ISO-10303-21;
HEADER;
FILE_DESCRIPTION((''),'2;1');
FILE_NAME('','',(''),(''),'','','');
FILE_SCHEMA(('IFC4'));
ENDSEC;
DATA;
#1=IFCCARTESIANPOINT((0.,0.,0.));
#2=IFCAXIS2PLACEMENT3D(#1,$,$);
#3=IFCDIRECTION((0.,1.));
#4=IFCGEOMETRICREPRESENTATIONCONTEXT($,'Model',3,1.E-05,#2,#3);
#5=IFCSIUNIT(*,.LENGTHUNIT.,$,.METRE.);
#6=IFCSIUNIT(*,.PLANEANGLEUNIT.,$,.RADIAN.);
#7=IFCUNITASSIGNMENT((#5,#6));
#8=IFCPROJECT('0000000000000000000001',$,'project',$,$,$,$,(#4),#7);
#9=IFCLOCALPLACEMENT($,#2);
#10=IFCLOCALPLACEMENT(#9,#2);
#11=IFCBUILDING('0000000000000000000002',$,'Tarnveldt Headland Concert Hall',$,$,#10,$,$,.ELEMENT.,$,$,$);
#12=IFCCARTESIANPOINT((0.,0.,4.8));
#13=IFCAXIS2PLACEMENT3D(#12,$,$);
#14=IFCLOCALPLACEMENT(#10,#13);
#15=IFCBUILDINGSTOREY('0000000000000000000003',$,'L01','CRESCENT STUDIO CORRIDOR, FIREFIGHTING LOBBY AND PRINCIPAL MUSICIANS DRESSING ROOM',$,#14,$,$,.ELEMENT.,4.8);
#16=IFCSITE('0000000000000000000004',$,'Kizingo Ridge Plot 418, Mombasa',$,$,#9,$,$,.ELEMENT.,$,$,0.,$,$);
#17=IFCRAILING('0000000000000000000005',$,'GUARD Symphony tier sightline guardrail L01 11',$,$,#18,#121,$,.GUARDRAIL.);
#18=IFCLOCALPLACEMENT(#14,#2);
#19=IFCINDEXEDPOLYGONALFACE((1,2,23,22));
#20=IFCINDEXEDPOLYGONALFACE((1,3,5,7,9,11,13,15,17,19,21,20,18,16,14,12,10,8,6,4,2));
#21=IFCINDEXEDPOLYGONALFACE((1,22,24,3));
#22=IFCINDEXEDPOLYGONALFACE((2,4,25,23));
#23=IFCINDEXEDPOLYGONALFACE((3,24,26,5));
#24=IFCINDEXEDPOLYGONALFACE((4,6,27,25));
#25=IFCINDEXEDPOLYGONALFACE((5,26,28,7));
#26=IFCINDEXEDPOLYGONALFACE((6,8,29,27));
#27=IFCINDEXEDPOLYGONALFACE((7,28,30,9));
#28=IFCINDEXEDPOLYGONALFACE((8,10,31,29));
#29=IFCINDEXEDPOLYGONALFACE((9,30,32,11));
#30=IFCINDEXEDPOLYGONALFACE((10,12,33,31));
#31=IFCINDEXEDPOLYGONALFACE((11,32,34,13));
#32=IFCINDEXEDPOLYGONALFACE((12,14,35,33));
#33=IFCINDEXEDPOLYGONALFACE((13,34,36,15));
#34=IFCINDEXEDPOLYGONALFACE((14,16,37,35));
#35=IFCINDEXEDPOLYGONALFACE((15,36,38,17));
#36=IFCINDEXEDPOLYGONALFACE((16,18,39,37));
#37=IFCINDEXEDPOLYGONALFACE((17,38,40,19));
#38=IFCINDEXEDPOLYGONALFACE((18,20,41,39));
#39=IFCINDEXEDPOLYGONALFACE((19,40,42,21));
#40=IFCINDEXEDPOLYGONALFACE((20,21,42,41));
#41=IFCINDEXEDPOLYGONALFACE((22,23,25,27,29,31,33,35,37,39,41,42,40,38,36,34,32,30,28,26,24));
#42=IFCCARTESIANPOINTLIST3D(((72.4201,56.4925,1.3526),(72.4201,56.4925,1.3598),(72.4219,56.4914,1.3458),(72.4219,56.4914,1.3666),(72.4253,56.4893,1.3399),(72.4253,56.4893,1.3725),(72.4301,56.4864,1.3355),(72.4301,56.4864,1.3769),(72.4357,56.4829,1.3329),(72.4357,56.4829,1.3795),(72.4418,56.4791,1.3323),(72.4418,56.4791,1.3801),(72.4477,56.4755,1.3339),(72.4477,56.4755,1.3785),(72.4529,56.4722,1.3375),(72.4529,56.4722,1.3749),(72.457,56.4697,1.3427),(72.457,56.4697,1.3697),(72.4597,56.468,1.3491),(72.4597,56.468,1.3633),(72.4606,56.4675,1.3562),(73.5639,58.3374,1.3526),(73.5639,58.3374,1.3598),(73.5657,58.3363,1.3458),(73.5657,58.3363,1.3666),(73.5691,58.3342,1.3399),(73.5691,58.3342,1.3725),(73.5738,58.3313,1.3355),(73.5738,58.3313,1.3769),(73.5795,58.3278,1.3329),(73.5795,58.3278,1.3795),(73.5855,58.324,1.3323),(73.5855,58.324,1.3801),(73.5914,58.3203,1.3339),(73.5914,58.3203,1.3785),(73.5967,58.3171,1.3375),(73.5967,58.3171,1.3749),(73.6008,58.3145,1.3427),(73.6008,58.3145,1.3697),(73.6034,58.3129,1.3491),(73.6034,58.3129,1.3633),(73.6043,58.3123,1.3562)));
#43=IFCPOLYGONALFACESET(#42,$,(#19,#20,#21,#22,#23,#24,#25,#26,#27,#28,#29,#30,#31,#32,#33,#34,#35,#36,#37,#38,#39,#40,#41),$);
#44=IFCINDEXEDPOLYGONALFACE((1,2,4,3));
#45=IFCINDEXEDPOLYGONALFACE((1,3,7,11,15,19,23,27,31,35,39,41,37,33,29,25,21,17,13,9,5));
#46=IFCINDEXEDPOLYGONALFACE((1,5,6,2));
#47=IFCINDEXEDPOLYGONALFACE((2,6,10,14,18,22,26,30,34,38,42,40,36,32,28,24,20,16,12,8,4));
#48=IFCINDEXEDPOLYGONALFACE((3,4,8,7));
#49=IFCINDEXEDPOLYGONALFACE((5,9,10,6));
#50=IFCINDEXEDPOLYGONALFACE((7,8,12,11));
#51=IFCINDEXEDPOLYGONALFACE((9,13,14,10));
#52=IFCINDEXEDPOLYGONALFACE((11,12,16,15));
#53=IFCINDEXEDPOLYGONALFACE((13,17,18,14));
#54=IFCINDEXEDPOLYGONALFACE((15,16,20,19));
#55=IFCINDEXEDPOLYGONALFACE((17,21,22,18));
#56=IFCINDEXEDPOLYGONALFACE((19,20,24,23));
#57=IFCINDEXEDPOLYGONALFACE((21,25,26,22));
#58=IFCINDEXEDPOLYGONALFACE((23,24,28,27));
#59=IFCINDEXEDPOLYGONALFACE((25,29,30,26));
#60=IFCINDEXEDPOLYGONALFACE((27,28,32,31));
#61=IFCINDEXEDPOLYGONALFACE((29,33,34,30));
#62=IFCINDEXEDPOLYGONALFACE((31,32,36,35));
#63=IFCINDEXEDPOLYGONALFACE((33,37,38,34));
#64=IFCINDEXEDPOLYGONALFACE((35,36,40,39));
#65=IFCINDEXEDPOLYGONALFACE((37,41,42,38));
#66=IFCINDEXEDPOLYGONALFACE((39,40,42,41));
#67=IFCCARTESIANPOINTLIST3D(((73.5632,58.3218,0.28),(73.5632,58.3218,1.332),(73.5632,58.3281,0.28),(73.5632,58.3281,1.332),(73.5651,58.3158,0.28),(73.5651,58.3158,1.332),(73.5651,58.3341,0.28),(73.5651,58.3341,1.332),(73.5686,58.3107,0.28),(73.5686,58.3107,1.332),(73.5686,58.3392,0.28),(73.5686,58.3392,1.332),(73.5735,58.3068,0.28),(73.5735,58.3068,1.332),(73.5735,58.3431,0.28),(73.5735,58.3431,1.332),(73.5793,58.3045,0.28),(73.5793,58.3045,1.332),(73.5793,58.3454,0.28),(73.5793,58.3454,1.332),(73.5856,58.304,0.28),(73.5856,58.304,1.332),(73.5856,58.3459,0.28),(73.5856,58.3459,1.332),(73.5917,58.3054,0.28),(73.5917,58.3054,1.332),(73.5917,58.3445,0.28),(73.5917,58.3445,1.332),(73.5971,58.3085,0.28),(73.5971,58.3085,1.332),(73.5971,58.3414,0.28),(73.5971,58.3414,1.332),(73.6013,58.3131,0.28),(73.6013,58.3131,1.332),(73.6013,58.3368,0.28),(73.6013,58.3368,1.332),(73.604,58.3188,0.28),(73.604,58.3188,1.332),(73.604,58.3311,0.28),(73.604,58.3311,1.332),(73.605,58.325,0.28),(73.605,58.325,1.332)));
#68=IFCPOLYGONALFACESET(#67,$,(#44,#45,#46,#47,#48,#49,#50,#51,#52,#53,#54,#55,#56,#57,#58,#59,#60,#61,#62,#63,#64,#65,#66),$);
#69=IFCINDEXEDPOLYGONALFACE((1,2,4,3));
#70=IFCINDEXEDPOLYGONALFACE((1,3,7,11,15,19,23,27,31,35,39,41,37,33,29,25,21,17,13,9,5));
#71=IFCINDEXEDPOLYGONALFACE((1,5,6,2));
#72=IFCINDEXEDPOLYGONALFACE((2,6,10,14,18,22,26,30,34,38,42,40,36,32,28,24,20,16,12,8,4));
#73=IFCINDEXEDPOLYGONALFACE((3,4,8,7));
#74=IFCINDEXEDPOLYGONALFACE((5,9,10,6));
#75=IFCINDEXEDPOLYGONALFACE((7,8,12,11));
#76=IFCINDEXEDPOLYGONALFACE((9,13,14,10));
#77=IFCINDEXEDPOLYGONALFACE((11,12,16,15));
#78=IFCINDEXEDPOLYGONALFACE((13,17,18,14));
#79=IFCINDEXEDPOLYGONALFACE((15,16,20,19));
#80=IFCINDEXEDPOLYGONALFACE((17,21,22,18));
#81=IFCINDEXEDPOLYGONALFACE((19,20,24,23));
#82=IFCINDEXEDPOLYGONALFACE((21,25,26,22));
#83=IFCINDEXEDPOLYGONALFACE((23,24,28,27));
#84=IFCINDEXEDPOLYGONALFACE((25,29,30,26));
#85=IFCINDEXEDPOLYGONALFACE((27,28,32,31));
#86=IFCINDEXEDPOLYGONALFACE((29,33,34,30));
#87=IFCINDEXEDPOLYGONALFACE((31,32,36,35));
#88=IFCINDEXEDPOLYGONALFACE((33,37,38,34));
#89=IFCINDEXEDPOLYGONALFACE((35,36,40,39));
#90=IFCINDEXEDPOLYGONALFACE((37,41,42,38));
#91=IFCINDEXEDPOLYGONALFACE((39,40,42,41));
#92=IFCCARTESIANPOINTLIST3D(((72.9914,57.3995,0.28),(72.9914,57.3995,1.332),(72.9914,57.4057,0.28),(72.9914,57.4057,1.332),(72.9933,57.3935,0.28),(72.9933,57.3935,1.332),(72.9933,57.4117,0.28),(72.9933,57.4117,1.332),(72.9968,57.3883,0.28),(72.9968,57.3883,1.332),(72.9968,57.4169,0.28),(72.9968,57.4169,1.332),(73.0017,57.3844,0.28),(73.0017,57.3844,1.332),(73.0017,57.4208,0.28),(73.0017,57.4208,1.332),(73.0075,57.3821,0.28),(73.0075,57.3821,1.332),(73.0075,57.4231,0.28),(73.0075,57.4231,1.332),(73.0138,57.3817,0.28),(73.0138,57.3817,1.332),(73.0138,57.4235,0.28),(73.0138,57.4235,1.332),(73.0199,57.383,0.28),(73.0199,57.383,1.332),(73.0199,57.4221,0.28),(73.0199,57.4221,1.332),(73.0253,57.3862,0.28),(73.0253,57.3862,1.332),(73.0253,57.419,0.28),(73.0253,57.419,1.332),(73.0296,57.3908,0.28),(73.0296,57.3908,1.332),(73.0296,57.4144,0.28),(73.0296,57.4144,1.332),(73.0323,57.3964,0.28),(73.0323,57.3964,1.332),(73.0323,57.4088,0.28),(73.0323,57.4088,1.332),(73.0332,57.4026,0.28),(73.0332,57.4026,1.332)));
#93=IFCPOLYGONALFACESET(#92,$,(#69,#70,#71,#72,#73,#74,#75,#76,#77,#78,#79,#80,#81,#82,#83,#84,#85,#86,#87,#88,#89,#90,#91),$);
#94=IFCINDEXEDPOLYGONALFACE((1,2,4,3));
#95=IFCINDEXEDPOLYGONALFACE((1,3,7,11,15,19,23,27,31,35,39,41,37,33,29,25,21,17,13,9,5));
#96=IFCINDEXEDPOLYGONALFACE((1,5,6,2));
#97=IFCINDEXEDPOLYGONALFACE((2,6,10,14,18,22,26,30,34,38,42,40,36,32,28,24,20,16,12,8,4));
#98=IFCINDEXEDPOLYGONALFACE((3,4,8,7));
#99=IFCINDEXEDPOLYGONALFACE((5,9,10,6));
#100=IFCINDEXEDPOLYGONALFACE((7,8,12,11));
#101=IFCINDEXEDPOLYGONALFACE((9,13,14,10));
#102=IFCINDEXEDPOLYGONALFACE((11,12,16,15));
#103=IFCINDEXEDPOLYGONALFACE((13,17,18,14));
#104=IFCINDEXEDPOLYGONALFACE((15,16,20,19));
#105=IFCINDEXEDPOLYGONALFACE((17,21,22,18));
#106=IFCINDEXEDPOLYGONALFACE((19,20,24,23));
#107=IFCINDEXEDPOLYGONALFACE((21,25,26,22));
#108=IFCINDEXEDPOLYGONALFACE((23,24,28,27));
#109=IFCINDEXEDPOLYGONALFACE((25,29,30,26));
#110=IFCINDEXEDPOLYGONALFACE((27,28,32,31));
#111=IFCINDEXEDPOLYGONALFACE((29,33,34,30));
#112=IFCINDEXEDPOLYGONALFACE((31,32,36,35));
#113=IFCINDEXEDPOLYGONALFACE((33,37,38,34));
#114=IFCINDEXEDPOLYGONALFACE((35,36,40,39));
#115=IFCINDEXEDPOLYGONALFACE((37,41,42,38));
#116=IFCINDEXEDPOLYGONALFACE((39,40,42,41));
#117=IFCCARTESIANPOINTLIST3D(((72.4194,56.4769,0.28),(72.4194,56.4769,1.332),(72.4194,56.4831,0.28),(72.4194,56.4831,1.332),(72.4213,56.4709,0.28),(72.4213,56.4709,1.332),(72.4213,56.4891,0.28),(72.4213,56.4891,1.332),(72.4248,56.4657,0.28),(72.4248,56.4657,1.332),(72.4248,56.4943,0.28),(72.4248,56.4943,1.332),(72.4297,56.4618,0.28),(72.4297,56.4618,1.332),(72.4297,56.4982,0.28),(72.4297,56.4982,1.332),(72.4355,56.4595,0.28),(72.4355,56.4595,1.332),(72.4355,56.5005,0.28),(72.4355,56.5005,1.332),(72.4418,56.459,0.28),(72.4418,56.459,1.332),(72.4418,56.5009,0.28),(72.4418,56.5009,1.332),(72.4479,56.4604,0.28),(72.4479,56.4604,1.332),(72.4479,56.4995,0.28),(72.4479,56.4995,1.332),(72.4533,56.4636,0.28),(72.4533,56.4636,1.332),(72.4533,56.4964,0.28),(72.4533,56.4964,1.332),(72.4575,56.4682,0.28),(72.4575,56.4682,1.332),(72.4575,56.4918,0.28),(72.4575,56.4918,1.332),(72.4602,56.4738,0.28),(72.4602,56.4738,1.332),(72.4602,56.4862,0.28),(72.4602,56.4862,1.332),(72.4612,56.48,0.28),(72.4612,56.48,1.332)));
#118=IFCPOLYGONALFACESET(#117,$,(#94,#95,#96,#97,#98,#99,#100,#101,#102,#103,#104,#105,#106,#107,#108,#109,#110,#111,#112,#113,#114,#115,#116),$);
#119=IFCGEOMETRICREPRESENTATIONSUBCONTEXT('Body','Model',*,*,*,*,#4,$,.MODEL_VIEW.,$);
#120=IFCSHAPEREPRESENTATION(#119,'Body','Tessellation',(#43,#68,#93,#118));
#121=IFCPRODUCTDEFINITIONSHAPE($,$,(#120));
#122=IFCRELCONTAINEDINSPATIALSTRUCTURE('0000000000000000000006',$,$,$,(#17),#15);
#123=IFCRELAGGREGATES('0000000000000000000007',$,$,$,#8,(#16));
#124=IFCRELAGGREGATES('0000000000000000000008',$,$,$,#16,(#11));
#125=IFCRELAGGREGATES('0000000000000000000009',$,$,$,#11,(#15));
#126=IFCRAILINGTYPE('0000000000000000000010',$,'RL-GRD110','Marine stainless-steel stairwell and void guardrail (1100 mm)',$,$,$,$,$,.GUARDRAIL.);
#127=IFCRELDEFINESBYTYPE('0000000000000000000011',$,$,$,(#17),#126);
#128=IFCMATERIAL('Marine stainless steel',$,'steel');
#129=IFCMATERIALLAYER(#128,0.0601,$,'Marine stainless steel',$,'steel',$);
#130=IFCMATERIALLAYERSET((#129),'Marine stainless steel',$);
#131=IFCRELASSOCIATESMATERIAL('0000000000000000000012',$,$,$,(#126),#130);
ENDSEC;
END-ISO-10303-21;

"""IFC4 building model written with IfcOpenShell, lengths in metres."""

from ifc_helpers import new_model, si_unit, direction, frame, origin, origin_2d, place, context, subcontext, project, spatial, circle, extrude, material, layer, layer_set, type_object, element, save


model = new_model("IFC4")

# Units and contexts
model_context = context("Model", 3, precision=1e-05, world=origin(), true_north=direction((0.0, 1.0)))
body_context = subcontext(model_context, "Body", "Model", "MODEL_VIEW")
ifc_project = project(units=[si_unit("LENGTHUNIT", "METRE"), si_unit("PLANEANGLEUNIT", "RADIAN")], contexts=[model_context])

# Site, building, storey
site_placement = place(None, origin())
site = spatial("IfcSite", under=ifc_project, at=site_placement, Name="Kizingo Ridge Plot 418, Mombasa", CompositionType="ELEMENT", RefElevation=0.0)
building_placement = place(site_placement, origin())
building = spatial("IfcBuilding", under=site, at=building_placement, Name="Tarnveldt Headland Concert Hall", CompositionType="ELEMENT")
storey_placement = place(building_placement, frame((0.0, 0.0, 4.8)))
storey = spatial("IfcBuildingStorey", under=building, at=storey_placement, Name="L01", Description="CRESCENT STUDIO CORRIDOR, FIREFIGHTING LOBBY AND PRINCIPAL MUSICIANS DRESSING ROOM", CompositionType="ELEMENT", Elevation=4.8)

# Railing
ifc_material_1 = material(Name="Marine stainless steel", Category="steel")
ifc_layer_1 = layer(ifc_material_1, 0.0601, Name="Marine stainless steel", Category="steel")
ifc_layer_set_1 = layer_set([ifc_layer_1], Name="Marine stainless steel")
railing_type = type_object("IfcRailingType", Name="RL-GRD110", Description="Marine stainless-steel stairwell and void guardrail (1100 mm)", PredefinedType="GUARDRAIL", material=ifc_layer_set_1)
railing_1_placement = place(storey_placement, frame((73.584, 58.325, 0.28)))
element("IfcRailing", 1, at=railing_1_placement, inside=storey, type_object=railing_type, Name="GUARD Symphony tier sightline guardrail L01 11", PredefinedType="GUARDRAIL", context=body_context, shape_type="SweptSolid", body=[
    extrude(circle(Radius=0.0239, at=origin_2d()), frame((0.0, 0.0, 1.0762), z_axis=(-0.526912, -0.84992, 0.0), x_axis=(0.84992, -0.526912, 0.0)), (0.0, 0.0, 1.0), 2.1707),
    extrude(circle(Radius=0.021, at=origin_2d()), origin(), (0.0, 0.0, 1.0), 1.052),
    extrude(circle(Radius=0.021, at=origin_2d()), frame((-0.5718, -0.9224, 0.0)), (0.0, 0.0, 1.0), 1.052),
    extrude(circle(Radius=0.021, at=origin_2d()), frame((-1.1438, -1.845, 0.0)), (0.0, 0.0, 1.0), 1.052),
])

save(model, "model.ifc")
